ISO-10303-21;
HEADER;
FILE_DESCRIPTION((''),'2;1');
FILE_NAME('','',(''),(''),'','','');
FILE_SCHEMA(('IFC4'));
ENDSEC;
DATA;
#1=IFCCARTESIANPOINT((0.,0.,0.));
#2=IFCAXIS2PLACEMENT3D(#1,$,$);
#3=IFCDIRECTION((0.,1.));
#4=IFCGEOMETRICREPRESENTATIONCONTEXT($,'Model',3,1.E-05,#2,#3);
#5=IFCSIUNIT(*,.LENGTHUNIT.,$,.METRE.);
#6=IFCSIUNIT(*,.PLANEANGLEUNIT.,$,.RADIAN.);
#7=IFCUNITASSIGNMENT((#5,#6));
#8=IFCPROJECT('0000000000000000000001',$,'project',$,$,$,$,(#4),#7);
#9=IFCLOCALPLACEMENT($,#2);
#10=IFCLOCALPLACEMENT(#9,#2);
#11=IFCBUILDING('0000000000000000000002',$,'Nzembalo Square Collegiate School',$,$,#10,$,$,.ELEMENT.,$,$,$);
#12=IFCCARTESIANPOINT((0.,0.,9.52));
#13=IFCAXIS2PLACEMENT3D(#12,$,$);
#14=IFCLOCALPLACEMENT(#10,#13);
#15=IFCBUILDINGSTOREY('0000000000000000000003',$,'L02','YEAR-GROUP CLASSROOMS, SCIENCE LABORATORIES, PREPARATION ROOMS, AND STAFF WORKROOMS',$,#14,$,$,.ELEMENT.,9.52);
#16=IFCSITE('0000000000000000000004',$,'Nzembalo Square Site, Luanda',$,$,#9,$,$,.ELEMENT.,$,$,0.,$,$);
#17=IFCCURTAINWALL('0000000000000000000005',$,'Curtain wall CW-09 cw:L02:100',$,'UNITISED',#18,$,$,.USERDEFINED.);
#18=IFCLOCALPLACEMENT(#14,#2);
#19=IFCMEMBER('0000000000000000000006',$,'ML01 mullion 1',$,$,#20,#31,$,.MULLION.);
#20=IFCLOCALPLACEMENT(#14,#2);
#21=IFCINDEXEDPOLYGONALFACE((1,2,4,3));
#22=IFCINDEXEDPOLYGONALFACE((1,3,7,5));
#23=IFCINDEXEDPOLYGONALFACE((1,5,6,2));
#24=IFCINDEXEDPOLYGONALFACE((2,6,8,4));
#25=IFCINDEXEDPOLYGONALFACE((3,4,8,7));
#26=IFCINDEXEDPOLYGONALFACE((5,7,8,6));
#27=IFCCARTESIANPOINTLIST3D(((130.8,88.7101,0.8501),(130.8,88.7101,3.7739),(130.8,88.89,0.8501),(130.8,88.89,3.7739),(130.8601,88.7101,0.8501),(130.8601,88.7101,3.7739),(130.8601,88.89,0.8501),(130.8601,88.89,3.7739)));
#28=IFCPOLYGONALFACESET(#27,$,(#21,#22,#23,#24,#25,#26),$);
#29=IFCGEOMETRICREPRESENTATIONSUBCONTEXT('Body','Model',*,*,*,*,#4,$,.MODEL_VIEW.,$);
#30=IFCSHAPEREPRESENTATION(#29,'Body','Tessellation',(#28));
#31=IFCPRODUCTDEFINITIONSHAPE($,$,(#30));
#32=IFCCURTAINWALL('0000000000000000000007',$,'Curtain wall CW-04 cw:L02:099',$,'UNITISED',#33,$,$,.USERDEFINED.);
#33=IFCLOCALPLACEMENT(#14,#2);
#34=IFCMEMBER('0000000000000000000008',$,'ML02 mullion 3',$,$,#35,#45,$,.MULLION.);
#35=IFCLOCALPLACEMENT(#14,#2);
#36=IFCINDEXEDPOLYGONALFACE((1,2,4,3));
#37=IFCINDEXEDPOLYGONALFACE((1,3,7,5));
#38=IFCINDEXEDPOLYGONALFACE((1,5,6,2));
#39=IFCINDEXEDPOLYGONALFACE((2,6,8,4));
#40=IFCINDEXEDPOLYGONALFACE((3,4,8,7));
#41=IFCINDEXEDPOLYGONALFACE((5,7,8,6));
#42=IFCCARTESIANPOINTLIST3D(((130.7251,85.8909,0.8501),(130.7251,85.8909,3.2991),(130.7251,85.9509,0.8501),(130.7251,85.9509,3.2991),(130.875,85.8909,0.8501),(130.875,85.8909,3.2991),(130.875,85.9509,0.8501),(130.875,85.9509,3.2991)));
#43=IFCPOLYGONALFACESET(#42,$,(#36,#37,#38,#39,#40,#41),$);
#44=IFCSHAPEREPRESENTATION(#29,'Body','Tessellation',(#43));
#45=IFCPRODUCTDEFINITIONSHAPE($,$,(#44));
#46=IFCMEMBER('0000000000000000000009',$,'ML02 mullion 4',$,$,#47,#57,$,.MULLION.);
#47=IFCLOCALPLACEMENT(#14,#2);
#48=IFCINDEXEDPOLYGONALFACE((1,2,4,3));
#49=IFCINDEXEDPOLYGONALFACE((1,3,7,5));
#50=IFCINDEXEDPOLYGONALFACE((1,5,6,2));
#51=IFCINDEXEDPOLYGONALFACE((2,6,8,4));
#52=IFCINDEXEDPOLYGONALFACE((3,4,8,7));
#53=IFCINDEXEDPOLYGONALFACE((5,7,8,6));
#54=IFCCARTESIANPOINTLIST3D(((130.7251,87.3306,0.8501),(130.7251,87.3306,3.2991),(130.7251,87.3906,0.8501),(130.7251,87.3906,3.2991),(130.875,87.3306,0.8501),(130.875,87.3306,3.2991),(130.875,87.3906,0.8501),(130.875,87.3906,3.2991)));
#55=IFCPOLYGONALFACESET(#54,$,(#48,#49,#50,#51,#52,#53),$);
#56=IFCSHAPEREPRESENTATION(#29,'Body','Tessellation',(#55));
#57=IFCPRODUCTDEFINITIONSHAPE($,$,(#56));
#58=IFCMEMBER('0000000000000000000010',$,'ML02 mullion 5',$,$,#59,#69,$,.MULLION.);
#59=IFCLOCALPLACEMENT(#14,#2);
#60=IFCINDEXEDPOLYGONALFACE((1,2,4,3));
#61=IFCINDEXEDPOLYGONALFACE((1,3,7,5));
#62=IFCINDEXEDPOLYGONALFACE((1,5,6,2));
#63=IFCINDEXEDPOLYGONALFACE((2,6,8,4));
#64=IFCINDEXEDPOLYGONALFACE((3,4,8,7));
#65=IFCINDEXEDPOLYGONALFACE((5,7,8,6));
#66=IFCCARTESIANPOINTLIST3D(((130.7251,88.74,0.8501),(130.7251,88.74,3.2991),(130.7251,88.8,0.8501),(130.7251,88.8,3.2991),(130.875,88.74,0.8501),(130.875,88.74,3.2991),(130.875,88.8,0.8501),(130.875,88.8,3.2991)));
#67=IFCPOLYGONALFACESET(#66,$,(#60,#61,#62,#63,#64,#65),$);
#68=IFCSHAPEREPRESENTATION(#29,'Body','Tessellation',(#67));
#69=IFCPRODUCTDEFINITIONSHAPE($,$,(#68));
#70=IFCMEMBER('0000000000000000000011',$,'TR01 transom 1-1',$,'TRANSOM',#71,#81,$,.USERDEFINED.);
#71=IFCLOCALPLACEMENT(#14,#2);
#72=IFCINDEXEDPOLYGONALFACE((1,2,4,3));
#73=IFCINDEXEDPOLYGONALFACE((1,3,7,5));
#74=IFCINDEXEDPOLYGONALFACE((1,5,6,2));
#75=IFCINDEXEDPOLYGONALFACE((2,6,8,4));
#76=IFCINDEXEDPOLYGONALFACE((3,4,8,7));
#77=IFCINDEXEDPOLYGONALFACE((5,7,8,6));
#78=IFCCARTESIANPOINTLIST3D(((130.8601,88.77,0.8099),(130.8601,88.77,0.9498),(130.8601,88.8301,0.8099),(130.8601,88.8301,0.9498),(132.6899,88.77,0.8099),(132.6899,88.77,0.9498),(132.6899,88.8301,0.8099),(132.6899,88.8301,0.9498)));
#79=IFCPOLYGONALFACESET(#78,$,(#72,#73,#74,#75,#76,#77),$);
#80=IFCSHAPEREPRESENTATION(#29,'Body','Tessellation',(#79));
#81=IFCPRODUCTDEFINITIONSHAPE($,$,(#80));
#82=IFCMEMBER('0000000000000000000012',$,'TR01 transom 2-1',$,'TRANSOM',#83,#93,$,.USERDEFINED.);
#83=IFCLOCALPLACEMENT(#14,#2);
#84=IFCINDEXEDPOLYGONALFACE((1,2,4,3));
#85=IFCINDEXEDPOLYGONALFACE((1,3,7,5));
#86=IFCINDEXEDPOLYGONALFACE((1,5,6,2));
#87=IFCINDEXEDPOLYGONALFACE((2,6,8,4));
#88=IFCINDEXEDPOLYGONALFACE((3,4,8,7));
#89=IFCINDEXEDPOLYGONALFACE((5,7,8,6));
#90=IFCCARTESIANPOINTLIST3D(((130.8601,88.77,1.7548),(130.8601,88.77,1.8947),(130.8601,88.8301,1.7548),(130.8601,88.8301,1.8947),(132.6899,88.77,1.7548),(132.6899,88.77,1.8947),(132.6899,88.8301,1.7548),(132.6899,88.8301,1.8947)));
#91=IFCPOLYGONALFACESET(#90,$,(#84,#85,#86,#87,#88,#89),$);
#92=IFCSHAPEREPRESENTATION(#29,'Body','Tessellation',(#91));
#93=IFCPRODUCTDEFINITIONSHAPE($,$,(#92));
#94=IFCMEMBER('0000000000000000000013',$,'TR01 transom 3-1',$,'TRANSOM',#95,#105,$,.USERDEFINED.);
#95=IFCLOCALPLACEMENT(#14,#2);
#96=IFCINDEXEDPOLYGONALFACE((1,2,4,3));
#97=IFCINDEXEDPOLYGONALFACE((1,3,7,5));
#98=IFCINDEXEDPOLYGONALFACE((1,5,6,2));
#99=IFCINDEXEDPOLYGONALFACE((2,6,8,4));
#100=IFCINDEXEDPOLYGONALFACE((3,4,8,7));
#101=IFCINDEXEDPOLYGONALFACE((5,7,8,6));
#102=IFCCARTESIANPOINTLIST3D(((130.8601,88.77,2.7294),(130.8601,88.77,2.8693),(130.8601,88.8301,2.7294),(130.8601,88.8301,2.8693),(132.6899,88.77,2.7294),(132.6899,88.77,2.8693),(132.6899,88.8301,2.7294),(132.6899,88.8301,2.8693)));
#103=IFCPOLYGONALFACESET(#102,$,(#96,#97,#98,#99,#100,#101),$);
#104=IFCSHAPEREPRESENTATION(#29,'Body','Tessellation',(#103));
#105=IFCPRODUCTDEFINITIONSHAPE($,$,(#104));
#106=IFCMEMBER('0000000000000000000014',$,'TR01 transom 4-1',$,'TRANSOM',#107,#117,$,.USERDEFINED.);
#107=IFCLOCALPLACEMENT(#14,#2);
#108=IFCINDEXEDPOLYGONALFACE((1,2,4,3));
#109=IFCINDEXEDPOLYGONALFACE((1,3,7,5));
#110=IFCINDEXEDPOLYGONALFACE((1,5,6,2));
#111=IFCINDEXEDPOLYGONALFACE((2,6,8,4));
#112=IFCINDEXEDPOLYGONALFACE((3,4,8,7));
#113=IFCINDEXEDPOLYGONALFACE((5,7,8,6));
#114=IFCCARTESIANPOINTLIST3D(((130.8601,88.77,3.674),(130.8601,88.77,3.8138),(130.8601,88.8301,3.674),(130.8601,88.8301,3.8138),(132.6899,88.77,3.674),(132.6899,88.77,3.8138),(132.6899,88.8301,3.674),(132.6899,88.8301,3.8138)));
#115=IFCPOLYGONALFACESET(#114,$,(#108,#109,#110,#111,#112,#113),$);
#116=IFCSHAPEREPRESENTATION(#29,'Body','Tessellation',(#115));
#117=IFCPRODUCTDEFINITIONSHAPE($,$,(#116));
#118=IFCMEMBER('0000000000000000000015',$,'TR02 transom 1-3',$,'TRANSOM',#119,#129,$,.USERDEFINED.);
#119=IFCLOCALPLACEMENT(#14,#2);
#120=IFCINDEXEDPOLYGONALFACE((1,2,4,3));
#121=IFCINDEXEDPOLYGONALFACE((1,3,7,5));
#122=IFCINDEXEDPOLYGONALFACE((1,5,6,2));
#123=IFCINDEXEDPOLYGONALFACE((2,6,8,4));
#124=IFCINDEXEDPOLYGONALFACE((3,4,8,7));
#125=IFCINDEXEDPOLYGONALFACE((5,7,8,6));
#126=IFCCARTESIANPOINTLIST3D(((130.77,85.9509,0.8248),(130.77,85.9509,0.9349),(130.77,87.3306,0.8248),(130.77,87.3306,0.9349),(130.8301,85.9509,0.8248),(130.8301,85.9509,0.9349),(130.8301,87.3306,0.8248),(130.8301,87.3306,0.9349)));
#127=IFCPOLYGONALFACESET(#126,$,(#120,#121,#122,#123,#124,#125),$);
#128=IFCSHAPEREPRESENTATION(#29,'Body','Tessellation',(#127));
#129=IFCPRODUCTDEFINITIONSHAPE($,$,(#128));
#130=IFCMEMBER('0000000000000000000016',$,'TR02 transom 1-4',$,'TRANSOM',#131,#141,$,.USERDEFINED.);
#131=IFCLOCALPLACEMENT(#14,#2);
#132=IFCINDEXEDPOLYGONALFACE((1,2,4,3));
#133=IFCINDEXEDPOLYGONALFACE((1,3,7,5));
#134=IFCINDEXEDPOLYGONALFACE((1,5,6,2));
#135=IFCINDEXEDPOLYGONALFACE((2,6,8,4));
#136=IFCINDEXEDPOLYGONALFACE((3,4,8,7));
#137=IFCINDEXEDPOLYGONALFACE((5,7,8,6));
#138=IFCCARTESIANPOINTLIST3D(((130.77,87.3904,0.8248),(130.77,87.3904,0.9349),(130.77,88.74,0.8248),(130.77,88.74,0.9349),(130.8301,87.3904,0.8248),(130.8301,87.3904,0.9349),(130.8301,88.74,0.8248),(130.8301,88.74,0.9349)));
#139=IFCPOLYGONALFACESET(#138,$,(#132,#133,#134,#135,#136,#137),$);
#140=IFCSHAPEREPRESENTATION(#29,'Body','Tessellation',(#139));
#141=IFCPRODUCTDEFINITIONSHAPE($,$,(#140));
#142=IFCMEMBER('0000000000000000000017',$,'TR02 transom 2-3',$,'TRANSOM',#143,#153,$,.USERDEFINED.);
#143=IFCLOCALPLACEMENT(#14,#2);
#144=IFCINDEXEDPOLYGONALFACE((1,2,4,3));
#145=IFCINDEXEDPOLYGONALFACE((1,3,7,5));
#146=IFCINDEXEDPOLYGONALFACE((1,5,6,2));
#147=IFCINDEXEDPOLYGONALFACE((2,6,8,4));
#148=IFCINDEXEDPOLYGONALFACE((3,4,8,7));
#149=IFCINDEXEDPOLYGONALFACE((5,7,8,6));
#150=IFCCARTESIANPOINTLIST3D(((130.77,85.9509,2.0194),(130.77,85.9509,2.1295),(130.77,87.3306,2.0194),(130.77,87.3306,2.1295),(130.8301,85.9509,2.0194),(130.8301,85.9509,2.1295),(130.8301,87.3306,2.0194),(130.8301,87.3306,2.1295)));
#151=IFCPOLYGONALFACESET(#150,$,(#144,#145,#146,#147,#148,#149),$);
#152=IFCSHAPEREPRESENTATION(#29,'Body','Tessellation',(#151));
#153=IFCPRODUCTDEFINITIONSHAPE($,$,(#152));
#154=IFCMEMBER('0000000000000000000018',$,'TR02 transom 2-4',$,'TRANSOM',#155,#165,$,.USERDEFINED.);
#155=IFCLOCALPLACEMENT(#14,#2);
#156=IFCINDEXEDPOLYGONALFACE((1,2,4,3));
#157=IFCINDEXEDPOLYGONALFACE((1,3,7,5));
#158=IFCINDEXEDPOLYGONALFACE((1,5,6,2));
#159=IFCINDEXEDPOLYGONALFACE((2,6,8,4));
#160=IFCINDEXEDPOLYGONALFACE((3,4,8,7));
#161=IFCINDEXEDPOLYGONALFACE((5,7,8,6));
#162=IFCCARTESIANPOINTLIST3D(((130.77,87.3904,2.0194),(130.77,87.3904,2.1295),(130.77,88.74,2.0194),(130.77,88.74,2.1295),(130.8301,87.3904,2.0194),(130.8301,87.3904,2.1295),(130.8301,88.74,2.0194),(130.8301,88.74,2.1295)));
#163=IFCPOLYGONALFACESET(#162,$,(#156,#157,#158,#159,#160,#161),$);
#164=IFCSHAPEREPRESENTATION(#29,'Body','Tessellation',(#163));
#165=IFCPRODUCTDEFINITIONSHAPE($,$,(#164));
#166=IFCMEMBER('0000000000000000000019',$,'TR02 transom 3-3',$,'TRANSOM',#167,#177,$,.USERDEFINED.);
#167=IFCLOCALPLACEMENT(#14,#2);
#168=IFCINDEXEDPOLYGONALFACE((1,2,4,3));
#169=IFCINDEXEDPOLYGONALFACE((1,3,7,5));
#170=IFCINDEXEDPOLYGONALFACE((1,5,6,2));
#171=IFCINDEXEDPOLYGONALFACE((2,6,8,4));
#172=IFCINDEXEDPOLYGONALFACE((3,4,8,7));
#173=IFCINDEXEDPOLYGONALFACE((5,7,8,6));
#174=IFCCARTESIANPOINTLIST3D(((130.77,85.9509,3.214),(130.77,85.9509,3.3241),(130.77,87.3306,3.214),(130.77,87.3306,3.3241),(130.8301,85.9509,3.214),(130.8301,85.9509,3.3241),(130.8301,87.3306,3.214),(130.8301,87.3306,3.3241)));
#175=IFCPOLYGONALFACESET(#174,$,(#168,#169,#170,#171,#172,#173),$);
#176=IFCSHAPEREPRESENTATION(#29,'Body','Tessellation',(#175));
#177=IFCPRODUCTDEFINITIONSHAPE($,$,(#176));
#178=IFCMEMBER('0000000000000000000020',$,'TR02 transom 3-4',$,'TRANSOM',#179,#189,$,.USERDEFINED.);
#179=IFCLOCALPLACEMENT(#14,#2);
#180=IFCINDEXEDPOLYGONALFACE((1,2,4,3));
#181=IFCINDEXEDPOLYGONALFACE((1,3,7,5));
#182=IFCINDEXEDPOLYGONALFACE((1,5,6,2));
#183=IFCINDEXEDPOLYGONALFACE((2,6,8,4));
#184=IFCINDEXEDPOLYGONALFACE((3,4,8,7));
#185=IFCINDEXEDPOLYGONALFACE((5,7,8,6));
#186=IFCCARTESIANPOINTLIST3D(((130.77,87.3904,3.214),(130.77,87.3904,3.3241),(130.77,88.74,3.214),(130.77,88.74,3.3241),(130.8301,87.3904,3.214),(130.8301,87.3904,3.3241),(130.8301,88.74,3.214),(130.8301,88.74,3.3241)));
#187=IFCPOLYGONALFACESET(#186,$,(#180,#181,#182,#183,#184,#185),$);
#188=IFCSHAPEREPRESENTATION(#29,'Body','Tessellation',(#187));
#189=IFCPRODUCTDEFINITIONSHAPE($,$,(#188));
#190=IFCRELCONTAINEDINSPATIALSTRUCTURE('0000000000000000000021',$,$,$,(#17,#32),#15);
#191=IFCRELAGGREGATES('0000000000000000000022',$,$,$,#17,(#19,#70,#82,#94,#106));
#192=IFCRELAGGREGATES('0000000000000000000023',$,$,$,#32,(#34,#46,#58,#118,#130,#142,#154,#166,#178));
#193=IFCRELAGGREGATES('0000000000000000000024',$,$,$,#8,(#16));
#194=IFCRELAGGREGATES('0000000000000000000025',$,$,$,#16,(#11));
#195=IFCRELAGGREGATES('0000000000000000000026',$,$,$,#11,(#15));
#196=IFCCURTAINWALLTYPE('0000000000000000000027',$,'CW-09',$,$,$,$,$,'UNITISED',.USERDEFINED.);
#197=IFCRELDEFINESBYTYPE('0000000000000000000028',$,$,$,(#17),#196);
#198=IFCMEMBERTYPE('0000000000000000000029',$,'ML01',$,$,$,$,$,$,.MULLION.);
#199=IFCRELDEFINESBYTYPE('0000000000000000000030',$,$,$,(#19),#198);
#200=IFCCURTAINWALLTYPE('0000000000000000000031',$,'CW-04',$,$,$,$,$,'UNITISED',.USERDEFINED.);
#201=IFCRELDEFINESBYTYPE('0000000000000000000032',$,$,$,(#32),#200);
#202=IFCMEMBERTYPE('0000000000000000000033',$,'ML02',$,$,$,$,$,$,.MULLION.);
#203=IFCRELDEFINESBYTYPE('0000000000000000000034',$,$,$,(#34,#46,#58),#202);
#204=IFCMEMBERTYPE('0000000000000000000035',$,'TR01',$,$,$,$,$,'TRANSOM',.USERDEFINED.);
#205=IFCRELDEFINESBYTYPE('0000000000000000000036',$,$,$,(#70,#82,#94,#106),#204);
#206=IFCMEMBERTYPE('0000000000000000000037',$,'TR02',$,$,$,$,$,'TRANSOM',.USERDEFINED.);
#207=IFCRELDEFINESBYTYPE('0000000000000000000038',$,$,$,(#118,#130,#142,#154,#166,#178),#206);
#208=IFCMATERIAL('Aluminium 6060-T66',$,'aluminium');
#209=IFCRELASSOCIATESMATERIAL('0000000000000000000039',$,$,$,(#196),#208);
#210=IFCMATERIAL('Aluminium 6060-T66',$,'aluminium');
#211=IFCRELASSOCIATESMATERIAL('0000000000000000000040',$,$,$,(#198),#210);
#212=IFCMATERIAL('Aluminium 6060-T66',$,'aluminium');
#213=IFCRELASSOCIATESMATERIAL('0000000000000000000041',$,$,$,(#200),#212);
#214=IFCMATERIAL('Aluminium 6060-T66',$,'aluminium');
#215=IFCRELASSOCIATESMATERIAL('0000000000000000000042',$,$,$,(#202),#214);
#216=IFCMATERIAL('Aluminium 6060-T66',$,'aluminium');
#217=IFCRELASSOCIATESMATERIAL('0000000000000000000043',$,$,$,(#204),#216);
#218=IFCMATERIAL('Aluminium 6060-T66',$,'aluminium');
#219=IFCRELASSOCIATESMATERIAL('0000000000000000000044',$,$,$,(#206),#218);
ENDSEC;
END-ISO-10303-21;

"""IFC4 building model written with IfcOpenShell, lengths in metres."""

from ifc_helpers import new_model, si_unit, direction, frame, origin, origin_2d, place, context, subcontext, project, spatial, rectangle, extrude, material, material_profile, profile_set, type_object, element, aggregate, save


model = new_model("IFC4")

# Units and contexts
model_context = context("Model", 3, precision=1e-05, world=origin(), true_north=direction((0.0, 1.0)))
body_context = subcontext(model_context, "Body", "Model", "MODEL_VIEW")
ifc_project = project(units=[si_unit("LENGTHUNIT", "METRE"), si_unit("PLANEANGLEUNIT", "RADIAN")], contexts=[model_context])

# Site, building, storey
site_placement = place(None, origin())
site = spatial("IfcSite", under=ifc_project, at=site_placement, Name="Nzembalo Square Site, Luanda", CompositionType="ELEMENT", RefElevation=0.0)
building_placement = place(site_placement, origin())
building = spatial("IfcBuilding", under=site, at=building_placement, Name="Nzembalo Square Collegiate School", CompositionType="ELEMENT")
storey_placement = place(building_placement, frame((0.0, 0.0, 9.52)))
storey = spatial("IfcBuildingStorey", under=building, at=storey_placement, Name="L02", Description="YEAR-GROUP CLASSROOMS, SCIENCE LABORATORIES, PREPARATION ROOMS, AND STAFF WORKROOMS", CompositionType="ELEMENT", Elevation=9.52)

# Curtain wall, member
ifc_material_1 = material(Name="Aluminium 6060-T66", Category="aluminium")
curtain_wall_type_1 = type_object("IfcCurtainWallType", Name="CW-09", ElementType="UNITISED", PredefinedType="USERDEFINED", material=ifc_material_1)
curtain_wall_1_placement = place(storey_placement, origin())
curtain_wall_1 = element("IfcCurtainWall", 1, at=curtain_wall_1_placement, inside=storey, type_object=curtain_wall_type_1, Name="Curtain wall CW-09 cw:L02:100", ObjectType="UNITISED", PredefinedType="USERDEFINED")
ifc_material_2 = material(Name="Aluminium 6060-T66", Category="aluminium")
ifc_material_profile_1 = material_profile(ifc_material_2, rectangle(XDim=0.0601, YDim=0.1799, at=origin_2d()), Name="ALU M60x180")
ifc_profile_set_1 = profile_set([ifc_material_profile_1], Name="Aluminium 6060-T66")
member_type_1 = type_object("IfcMemberType", Name="ML01", PredefinedType="MULLION", material=ifc_profile_set_1)
member_1_placement = place(storey_placement, frame((130.8301, 88.8, 0.8501), z_axis=(0.0, 0.0, 1.0), x_axis=(1.0, 0.0, 0.0)))
member_1 = element("IfcMember", 2, at=member_1_placement, type_object=member_type_1, Name="ML01 mullion 1", PredefinedType="MULLION", context=body_context, shape_type="SweptSolid", body=[
    extrude(rectangle(XDim=0.0601, YDim=0.1799, at=origin_2d()), origin(), (0.0, 0.0, 1.0), 2.9238),
])

# Curtain wall, members
ifc_material_3 = material(Name="Aluminium 6060-T66", Category="aluminium")
curtain_wall_type_2 = type_object("IfcCurtainWallType", Name="CW-04", ElementType="UNITISED", PredefinedType="USERDEFINED", material=ifc_material_3)
curtain_wall_2_placement = place(storey_placement, origin())
curtain_wall_2 = element("IfcCurtainWall", 3, at=curtain_wall_2_placement, inside=storey, type_object=curtain_wall_type_2, Name="Curtain wall CW-04 cw:L02:099", ObjectType="UNITISED", PredefinedType="USERDEFINED")
ifc_material_4 = material(Name="Aluminium 6060-T66", Category="aluminium")
ifc_material_profile_2 = material_profile(ifc_material_4, rectangle(XDim=0.0601, YDim=0.1499, at=origin_2d()), Name="ALU M60x150")
ifc_profile_set_2 = profile_set([ifc_material_profile_2], Name="Aluminium 6060-T66")
member_type_2 = type_object("IfcMemberType", Name="ML02", PredefinedType="MULLION", material=ifc_profile_set_2)
member_2_placement = place(storey_placement, frame((130.8, 85.9209, 0.8501), z_axis=(0.0, 0.0, 1.0), x_axis=(0.0, 1.0, 0.0)))
member_2 = element("IfcMember", 4, at=member_2_placement, type_object=member_type_2, Name="ML02 mullion 3", PredefinedType="MULLION", context=body_context, shape_type="SweptSolid", body=[
    extrude(rectangle(XDim=0.0601, YDim=0.1499, at=origin_2d()), origin(), (0.0, 0.0, 1.0), 2.449),
])
member_3_placement = place(storey_placement, frame((130.8, 87.3606, 0.8501), z_axis=(0.0, 0.0, 1.0), x_axis=(0.0, 1.0, 0.0)))
member_3 = element("IfcMember", 5, at=member_3_placement, type_object=member_type_2, Name="ML02 mullion 4", PredefinedType="MULLION", context=body_context, shape_type="SweptSolid", body=[
    extrude(rectangle(XDim=0.0601, YDim=0.1499, at=origin_2d()), origin(), (0.0, 0.0, 1.0), 2.449),
])
member_4_placement = place(storey_placement, frame((130.8, 88.77, 0.8501), z_axis=(0.0, 0.0, 1.0), x_axis=(0.0, 1.0, 0.0)))
member_4 = element("IfcMember", 6, at=member_4_placement, type_object=member_type_2, Name="ML02 mullion 5", PredefinedType="MULLION", context=body_context, shape_type="SweptSolid", body=[
    extrude(rectangle(XDim=0.0601, YDim=0.1499, at=origin_2d()), origin(), (0.0, 0.0, 1.0), 2.449),
])

# Members
ifc_material_5 = material(Name="Aluminium 6060-T66", Category="aluminium")
ifc_material_profile_3 = material_profile(ifc_material_5, rectangle(XDim=0.0601, YDim=0.1399, at=origin_2d()), Name="ALU T60x140")
ifc_profile_set_3 = profile_set([ifc_material_profile_3], Name="Aluminium 6060-T66")
member_type_3 = type_object("IfcMemberType", Name="TR01", ElementType="TRANSOM", PredefinedType="USERDEFINED", material=ifc_profile_set_3)
member_5_placement = place(storey_placement, frame((130.8601, 88.8, 0.8799), z_axis=(1.0, 0.0, 0.0), x_axis=(0.0, 1.0, 0.0)))
member_5 = element("IfcMember", 7, at=member_5_placement, type_object=member_type_3, Name="TR01 transom 1-1", ObjectType="TRANSOM", PredefinedType="USERDEFINED", context=body_context, shape_type="SweptSolid", body=[
    extrude(rectangle(XDim=0.0601, YDim=0.1399, at=origin_2d()), origin(), (0.0, 0.0, 1.0), 1.8298),
])
member_6_placement = place(storey_placement, frame((130.8601, 88.8, 1.8247), z_axis=(1.0, 0.0, 0.0), x_axis=(0.0, 1.0, 0.0)))
member_6 = element("IfcMember", 8, at=member_6_placement, type_object=member_type_3, Name="TR01 transom 2-1", ObjectType="TRANSOM", PredefinedType="USERDEFINED", context=body_context, shape_type="SweptSolid", body=[
    extrude(rectangle(XDim=0.0601, YDim=0.1399, at=origin_2d()), origin(), (0.0, 0.0, 1.0), 1.8298),
])
member_7_placement = place(storey_placement, frame((130.8601, 88.8, 2.7993), z_axis=(1.0, 0.0, 0.0), x_axis=(0.0, 1.0, 0.0)))
member_7 = element("IfcMember", 9, at=member_7_placement, type_object=member_type_3, Name="TR01 transom 3-1", ObjectType="TRANSOM", PredefinedType="USERDEFINED", context=body_context, shape_type="SweptSolid", body=[
    extrude(rectangle(XDim=0.0601, YDim=0.1399, at=origin_2d()), origin(), (0.0, 0.0, 1.0), 1.8298),
])
member_8_placement = place(storey_placement, frame((130.8601, 88.8, 3.7439), z_axis=(1.0, 0.0, 0.0), x_axis=(0.0, 1.0, 0.0)))
member_8 = element("IfcMember", 10, at=member_8_placement, type_object=member_type_3, Name="TR01 transom 4-1", ObjectType="TRANSOM", PredefinedType="USERDEFINED", context=body_context, shape_type="SweptSolid", body=[
    extrude(rectangle(XDim=0.0601, YDim=0.1399, at=origin_2d()), origin(), (0.0, 0.0, 1.0), 1.8298),
])
ifc_material_6 = material(Name="Aluminium 6060-T66", Category="aluminium")
ifc_material_profile_4 = material_profile(ifc_material_6, rectangle(XDim=0.0601, YDim=0.1101, at=origin_2d()), Name="ALU T60x110")
ifc_profile_set_4 = profile_set([ifc_material_profile_4], Name="Aluminium 6060-T66")
member_type_4 = type_object("IfcMemberType", Name="TR02", ElementType="TRANSOM", PredefinedType="USERDEFINED", material=ifc_profile_set_4)
member_9_placement = place(storey_placement, frame((130.8, 85.9509, 0.8799), z_axis=(0.0, 1.0, 0.0), x_axis=(-1.0, 0.0, 0.0)))
member_9 = element("IfcMember", 11, at=member_9_placement, type_object=member_type_4, Name="TR02 transom 1-3", ObjectType="TRANSOM", PredefinedType="USERDEFINED", context=body_context, shape_type="SweptSolid", body=[
    extrude(rectangle(XDim=0.0601, YDim=0.1101, at=origin_2d()), origin(), (0.0, 0.0, 1.0), 1.3796),
])
member_10_placement = place(storey_placement, frame((130.8, 87.3904, 0.8799), z_axis=(0.0, 1.0, 0.0), x_axis=(-1.0, 0.0, 0.0)))
member_10 = element("IfcMember", 12, at=member_10_placement, type_object=member_type_4, Name="TR02 transom 1-4", ObjectType="TRANSOM", PredefinedType="USERDEFINED", context=body_context, shape_type="SweptSolid", body=[
    extrude(rectangle(XDim=0.0601, YDim=0.1101, at=origin_2d()), origin(), (0.0, 0.0, 1.0), 1.3496),
])
member_11_placement = place(storey_placement, frame((130.8, 85.9509, 2.0745), z_axis=(0.0, 1.0, 0.0), x_axis=(-1.0, 0.0, 0.0)))
member_11 = element("IfcMember", 13, at=member_11_placement, type_object=member_type_4, Name="TR02 transom 2-3", ObjectType="TRANSOM", PredefinedType="USERDEFINED", context=body_context, shape_type="SweptSolid", body=[
    extrude(rectangle(XDim=0.0601, YDim=0.1101, at=origin_2d()), origin(), (0.0, 0.0, 1.0), 1.3796),
])
member_12_placement = place(storey_placement, frame((130.8, 87.3904, 2.0745), z_axis=(0.0, 1.0, 0.0), x_axis=(-1.0, 0.0, 0.0)))
member_12 = element("IfcMember", 14, at=member_12_placement, type_object=member_type_4, Name="TR02 transom 2-4", ObjectType="TRANSOM", PredefinedType="USERDEFINED", context=body_context, shape_type="SweptSolid", body=[
    extrude(rectangle(XDim=0.0601, YDim=0.1101, at=origin_2d()), origin(), (0.0, 0.0, 1.0), 1.3496),
])
member_13_placement = place(storey_placement, frame((130.8, 85.9509, 3.269), z_axis=(0.0, 1.0, 0.0), x_axis=(-1.0, 0.0, 0.0)))
member_13 = element("IfcMember", 15, at=member_13_placement, type_object=member_type_4, Name="TR02 transom 3-3", ObjectType="TRANSOM", PredefinedType="USERDEFINED", context=body_context, shape_type="SweptSolid", body=[
    extrude(rectangle(XDim=0.0601, YDim=0.1101, at=origin_2d()), origin(), (0.0, 0.0, 1.0), 1.3796),
])
member_14_placement = place(storey_placement, frame((130.8, 87.3904, 3.269), z_axis=(0.0, 1.0, 0.0), x_axis=(-1.0, 0.0, 0.0)))
member_14 = element("IfcMember", 16, at=member_14_placement, type_object=member_type_4, Name="TR02 transom 3-4", ObjectType="TRANSOM", PredefinedType="USERDEFINED", context=body_context, shape_type="SweptSolid", body=[
    extrude(rectangle(XDim=0.0601, YDim=0.1101, at=origin_2d()), origin(), (0.0, 0.0, 1.0), 1.3496),
])

aggregate(curtain_wall_1, [member_1, member_5, member_6, member_7, member_8])
aggregate(curtain_wall_2, [member_2, member_3, member_4, member_9, member_10, member_11, member_12, member_13, member_14])

save(model, "model.ifc")
